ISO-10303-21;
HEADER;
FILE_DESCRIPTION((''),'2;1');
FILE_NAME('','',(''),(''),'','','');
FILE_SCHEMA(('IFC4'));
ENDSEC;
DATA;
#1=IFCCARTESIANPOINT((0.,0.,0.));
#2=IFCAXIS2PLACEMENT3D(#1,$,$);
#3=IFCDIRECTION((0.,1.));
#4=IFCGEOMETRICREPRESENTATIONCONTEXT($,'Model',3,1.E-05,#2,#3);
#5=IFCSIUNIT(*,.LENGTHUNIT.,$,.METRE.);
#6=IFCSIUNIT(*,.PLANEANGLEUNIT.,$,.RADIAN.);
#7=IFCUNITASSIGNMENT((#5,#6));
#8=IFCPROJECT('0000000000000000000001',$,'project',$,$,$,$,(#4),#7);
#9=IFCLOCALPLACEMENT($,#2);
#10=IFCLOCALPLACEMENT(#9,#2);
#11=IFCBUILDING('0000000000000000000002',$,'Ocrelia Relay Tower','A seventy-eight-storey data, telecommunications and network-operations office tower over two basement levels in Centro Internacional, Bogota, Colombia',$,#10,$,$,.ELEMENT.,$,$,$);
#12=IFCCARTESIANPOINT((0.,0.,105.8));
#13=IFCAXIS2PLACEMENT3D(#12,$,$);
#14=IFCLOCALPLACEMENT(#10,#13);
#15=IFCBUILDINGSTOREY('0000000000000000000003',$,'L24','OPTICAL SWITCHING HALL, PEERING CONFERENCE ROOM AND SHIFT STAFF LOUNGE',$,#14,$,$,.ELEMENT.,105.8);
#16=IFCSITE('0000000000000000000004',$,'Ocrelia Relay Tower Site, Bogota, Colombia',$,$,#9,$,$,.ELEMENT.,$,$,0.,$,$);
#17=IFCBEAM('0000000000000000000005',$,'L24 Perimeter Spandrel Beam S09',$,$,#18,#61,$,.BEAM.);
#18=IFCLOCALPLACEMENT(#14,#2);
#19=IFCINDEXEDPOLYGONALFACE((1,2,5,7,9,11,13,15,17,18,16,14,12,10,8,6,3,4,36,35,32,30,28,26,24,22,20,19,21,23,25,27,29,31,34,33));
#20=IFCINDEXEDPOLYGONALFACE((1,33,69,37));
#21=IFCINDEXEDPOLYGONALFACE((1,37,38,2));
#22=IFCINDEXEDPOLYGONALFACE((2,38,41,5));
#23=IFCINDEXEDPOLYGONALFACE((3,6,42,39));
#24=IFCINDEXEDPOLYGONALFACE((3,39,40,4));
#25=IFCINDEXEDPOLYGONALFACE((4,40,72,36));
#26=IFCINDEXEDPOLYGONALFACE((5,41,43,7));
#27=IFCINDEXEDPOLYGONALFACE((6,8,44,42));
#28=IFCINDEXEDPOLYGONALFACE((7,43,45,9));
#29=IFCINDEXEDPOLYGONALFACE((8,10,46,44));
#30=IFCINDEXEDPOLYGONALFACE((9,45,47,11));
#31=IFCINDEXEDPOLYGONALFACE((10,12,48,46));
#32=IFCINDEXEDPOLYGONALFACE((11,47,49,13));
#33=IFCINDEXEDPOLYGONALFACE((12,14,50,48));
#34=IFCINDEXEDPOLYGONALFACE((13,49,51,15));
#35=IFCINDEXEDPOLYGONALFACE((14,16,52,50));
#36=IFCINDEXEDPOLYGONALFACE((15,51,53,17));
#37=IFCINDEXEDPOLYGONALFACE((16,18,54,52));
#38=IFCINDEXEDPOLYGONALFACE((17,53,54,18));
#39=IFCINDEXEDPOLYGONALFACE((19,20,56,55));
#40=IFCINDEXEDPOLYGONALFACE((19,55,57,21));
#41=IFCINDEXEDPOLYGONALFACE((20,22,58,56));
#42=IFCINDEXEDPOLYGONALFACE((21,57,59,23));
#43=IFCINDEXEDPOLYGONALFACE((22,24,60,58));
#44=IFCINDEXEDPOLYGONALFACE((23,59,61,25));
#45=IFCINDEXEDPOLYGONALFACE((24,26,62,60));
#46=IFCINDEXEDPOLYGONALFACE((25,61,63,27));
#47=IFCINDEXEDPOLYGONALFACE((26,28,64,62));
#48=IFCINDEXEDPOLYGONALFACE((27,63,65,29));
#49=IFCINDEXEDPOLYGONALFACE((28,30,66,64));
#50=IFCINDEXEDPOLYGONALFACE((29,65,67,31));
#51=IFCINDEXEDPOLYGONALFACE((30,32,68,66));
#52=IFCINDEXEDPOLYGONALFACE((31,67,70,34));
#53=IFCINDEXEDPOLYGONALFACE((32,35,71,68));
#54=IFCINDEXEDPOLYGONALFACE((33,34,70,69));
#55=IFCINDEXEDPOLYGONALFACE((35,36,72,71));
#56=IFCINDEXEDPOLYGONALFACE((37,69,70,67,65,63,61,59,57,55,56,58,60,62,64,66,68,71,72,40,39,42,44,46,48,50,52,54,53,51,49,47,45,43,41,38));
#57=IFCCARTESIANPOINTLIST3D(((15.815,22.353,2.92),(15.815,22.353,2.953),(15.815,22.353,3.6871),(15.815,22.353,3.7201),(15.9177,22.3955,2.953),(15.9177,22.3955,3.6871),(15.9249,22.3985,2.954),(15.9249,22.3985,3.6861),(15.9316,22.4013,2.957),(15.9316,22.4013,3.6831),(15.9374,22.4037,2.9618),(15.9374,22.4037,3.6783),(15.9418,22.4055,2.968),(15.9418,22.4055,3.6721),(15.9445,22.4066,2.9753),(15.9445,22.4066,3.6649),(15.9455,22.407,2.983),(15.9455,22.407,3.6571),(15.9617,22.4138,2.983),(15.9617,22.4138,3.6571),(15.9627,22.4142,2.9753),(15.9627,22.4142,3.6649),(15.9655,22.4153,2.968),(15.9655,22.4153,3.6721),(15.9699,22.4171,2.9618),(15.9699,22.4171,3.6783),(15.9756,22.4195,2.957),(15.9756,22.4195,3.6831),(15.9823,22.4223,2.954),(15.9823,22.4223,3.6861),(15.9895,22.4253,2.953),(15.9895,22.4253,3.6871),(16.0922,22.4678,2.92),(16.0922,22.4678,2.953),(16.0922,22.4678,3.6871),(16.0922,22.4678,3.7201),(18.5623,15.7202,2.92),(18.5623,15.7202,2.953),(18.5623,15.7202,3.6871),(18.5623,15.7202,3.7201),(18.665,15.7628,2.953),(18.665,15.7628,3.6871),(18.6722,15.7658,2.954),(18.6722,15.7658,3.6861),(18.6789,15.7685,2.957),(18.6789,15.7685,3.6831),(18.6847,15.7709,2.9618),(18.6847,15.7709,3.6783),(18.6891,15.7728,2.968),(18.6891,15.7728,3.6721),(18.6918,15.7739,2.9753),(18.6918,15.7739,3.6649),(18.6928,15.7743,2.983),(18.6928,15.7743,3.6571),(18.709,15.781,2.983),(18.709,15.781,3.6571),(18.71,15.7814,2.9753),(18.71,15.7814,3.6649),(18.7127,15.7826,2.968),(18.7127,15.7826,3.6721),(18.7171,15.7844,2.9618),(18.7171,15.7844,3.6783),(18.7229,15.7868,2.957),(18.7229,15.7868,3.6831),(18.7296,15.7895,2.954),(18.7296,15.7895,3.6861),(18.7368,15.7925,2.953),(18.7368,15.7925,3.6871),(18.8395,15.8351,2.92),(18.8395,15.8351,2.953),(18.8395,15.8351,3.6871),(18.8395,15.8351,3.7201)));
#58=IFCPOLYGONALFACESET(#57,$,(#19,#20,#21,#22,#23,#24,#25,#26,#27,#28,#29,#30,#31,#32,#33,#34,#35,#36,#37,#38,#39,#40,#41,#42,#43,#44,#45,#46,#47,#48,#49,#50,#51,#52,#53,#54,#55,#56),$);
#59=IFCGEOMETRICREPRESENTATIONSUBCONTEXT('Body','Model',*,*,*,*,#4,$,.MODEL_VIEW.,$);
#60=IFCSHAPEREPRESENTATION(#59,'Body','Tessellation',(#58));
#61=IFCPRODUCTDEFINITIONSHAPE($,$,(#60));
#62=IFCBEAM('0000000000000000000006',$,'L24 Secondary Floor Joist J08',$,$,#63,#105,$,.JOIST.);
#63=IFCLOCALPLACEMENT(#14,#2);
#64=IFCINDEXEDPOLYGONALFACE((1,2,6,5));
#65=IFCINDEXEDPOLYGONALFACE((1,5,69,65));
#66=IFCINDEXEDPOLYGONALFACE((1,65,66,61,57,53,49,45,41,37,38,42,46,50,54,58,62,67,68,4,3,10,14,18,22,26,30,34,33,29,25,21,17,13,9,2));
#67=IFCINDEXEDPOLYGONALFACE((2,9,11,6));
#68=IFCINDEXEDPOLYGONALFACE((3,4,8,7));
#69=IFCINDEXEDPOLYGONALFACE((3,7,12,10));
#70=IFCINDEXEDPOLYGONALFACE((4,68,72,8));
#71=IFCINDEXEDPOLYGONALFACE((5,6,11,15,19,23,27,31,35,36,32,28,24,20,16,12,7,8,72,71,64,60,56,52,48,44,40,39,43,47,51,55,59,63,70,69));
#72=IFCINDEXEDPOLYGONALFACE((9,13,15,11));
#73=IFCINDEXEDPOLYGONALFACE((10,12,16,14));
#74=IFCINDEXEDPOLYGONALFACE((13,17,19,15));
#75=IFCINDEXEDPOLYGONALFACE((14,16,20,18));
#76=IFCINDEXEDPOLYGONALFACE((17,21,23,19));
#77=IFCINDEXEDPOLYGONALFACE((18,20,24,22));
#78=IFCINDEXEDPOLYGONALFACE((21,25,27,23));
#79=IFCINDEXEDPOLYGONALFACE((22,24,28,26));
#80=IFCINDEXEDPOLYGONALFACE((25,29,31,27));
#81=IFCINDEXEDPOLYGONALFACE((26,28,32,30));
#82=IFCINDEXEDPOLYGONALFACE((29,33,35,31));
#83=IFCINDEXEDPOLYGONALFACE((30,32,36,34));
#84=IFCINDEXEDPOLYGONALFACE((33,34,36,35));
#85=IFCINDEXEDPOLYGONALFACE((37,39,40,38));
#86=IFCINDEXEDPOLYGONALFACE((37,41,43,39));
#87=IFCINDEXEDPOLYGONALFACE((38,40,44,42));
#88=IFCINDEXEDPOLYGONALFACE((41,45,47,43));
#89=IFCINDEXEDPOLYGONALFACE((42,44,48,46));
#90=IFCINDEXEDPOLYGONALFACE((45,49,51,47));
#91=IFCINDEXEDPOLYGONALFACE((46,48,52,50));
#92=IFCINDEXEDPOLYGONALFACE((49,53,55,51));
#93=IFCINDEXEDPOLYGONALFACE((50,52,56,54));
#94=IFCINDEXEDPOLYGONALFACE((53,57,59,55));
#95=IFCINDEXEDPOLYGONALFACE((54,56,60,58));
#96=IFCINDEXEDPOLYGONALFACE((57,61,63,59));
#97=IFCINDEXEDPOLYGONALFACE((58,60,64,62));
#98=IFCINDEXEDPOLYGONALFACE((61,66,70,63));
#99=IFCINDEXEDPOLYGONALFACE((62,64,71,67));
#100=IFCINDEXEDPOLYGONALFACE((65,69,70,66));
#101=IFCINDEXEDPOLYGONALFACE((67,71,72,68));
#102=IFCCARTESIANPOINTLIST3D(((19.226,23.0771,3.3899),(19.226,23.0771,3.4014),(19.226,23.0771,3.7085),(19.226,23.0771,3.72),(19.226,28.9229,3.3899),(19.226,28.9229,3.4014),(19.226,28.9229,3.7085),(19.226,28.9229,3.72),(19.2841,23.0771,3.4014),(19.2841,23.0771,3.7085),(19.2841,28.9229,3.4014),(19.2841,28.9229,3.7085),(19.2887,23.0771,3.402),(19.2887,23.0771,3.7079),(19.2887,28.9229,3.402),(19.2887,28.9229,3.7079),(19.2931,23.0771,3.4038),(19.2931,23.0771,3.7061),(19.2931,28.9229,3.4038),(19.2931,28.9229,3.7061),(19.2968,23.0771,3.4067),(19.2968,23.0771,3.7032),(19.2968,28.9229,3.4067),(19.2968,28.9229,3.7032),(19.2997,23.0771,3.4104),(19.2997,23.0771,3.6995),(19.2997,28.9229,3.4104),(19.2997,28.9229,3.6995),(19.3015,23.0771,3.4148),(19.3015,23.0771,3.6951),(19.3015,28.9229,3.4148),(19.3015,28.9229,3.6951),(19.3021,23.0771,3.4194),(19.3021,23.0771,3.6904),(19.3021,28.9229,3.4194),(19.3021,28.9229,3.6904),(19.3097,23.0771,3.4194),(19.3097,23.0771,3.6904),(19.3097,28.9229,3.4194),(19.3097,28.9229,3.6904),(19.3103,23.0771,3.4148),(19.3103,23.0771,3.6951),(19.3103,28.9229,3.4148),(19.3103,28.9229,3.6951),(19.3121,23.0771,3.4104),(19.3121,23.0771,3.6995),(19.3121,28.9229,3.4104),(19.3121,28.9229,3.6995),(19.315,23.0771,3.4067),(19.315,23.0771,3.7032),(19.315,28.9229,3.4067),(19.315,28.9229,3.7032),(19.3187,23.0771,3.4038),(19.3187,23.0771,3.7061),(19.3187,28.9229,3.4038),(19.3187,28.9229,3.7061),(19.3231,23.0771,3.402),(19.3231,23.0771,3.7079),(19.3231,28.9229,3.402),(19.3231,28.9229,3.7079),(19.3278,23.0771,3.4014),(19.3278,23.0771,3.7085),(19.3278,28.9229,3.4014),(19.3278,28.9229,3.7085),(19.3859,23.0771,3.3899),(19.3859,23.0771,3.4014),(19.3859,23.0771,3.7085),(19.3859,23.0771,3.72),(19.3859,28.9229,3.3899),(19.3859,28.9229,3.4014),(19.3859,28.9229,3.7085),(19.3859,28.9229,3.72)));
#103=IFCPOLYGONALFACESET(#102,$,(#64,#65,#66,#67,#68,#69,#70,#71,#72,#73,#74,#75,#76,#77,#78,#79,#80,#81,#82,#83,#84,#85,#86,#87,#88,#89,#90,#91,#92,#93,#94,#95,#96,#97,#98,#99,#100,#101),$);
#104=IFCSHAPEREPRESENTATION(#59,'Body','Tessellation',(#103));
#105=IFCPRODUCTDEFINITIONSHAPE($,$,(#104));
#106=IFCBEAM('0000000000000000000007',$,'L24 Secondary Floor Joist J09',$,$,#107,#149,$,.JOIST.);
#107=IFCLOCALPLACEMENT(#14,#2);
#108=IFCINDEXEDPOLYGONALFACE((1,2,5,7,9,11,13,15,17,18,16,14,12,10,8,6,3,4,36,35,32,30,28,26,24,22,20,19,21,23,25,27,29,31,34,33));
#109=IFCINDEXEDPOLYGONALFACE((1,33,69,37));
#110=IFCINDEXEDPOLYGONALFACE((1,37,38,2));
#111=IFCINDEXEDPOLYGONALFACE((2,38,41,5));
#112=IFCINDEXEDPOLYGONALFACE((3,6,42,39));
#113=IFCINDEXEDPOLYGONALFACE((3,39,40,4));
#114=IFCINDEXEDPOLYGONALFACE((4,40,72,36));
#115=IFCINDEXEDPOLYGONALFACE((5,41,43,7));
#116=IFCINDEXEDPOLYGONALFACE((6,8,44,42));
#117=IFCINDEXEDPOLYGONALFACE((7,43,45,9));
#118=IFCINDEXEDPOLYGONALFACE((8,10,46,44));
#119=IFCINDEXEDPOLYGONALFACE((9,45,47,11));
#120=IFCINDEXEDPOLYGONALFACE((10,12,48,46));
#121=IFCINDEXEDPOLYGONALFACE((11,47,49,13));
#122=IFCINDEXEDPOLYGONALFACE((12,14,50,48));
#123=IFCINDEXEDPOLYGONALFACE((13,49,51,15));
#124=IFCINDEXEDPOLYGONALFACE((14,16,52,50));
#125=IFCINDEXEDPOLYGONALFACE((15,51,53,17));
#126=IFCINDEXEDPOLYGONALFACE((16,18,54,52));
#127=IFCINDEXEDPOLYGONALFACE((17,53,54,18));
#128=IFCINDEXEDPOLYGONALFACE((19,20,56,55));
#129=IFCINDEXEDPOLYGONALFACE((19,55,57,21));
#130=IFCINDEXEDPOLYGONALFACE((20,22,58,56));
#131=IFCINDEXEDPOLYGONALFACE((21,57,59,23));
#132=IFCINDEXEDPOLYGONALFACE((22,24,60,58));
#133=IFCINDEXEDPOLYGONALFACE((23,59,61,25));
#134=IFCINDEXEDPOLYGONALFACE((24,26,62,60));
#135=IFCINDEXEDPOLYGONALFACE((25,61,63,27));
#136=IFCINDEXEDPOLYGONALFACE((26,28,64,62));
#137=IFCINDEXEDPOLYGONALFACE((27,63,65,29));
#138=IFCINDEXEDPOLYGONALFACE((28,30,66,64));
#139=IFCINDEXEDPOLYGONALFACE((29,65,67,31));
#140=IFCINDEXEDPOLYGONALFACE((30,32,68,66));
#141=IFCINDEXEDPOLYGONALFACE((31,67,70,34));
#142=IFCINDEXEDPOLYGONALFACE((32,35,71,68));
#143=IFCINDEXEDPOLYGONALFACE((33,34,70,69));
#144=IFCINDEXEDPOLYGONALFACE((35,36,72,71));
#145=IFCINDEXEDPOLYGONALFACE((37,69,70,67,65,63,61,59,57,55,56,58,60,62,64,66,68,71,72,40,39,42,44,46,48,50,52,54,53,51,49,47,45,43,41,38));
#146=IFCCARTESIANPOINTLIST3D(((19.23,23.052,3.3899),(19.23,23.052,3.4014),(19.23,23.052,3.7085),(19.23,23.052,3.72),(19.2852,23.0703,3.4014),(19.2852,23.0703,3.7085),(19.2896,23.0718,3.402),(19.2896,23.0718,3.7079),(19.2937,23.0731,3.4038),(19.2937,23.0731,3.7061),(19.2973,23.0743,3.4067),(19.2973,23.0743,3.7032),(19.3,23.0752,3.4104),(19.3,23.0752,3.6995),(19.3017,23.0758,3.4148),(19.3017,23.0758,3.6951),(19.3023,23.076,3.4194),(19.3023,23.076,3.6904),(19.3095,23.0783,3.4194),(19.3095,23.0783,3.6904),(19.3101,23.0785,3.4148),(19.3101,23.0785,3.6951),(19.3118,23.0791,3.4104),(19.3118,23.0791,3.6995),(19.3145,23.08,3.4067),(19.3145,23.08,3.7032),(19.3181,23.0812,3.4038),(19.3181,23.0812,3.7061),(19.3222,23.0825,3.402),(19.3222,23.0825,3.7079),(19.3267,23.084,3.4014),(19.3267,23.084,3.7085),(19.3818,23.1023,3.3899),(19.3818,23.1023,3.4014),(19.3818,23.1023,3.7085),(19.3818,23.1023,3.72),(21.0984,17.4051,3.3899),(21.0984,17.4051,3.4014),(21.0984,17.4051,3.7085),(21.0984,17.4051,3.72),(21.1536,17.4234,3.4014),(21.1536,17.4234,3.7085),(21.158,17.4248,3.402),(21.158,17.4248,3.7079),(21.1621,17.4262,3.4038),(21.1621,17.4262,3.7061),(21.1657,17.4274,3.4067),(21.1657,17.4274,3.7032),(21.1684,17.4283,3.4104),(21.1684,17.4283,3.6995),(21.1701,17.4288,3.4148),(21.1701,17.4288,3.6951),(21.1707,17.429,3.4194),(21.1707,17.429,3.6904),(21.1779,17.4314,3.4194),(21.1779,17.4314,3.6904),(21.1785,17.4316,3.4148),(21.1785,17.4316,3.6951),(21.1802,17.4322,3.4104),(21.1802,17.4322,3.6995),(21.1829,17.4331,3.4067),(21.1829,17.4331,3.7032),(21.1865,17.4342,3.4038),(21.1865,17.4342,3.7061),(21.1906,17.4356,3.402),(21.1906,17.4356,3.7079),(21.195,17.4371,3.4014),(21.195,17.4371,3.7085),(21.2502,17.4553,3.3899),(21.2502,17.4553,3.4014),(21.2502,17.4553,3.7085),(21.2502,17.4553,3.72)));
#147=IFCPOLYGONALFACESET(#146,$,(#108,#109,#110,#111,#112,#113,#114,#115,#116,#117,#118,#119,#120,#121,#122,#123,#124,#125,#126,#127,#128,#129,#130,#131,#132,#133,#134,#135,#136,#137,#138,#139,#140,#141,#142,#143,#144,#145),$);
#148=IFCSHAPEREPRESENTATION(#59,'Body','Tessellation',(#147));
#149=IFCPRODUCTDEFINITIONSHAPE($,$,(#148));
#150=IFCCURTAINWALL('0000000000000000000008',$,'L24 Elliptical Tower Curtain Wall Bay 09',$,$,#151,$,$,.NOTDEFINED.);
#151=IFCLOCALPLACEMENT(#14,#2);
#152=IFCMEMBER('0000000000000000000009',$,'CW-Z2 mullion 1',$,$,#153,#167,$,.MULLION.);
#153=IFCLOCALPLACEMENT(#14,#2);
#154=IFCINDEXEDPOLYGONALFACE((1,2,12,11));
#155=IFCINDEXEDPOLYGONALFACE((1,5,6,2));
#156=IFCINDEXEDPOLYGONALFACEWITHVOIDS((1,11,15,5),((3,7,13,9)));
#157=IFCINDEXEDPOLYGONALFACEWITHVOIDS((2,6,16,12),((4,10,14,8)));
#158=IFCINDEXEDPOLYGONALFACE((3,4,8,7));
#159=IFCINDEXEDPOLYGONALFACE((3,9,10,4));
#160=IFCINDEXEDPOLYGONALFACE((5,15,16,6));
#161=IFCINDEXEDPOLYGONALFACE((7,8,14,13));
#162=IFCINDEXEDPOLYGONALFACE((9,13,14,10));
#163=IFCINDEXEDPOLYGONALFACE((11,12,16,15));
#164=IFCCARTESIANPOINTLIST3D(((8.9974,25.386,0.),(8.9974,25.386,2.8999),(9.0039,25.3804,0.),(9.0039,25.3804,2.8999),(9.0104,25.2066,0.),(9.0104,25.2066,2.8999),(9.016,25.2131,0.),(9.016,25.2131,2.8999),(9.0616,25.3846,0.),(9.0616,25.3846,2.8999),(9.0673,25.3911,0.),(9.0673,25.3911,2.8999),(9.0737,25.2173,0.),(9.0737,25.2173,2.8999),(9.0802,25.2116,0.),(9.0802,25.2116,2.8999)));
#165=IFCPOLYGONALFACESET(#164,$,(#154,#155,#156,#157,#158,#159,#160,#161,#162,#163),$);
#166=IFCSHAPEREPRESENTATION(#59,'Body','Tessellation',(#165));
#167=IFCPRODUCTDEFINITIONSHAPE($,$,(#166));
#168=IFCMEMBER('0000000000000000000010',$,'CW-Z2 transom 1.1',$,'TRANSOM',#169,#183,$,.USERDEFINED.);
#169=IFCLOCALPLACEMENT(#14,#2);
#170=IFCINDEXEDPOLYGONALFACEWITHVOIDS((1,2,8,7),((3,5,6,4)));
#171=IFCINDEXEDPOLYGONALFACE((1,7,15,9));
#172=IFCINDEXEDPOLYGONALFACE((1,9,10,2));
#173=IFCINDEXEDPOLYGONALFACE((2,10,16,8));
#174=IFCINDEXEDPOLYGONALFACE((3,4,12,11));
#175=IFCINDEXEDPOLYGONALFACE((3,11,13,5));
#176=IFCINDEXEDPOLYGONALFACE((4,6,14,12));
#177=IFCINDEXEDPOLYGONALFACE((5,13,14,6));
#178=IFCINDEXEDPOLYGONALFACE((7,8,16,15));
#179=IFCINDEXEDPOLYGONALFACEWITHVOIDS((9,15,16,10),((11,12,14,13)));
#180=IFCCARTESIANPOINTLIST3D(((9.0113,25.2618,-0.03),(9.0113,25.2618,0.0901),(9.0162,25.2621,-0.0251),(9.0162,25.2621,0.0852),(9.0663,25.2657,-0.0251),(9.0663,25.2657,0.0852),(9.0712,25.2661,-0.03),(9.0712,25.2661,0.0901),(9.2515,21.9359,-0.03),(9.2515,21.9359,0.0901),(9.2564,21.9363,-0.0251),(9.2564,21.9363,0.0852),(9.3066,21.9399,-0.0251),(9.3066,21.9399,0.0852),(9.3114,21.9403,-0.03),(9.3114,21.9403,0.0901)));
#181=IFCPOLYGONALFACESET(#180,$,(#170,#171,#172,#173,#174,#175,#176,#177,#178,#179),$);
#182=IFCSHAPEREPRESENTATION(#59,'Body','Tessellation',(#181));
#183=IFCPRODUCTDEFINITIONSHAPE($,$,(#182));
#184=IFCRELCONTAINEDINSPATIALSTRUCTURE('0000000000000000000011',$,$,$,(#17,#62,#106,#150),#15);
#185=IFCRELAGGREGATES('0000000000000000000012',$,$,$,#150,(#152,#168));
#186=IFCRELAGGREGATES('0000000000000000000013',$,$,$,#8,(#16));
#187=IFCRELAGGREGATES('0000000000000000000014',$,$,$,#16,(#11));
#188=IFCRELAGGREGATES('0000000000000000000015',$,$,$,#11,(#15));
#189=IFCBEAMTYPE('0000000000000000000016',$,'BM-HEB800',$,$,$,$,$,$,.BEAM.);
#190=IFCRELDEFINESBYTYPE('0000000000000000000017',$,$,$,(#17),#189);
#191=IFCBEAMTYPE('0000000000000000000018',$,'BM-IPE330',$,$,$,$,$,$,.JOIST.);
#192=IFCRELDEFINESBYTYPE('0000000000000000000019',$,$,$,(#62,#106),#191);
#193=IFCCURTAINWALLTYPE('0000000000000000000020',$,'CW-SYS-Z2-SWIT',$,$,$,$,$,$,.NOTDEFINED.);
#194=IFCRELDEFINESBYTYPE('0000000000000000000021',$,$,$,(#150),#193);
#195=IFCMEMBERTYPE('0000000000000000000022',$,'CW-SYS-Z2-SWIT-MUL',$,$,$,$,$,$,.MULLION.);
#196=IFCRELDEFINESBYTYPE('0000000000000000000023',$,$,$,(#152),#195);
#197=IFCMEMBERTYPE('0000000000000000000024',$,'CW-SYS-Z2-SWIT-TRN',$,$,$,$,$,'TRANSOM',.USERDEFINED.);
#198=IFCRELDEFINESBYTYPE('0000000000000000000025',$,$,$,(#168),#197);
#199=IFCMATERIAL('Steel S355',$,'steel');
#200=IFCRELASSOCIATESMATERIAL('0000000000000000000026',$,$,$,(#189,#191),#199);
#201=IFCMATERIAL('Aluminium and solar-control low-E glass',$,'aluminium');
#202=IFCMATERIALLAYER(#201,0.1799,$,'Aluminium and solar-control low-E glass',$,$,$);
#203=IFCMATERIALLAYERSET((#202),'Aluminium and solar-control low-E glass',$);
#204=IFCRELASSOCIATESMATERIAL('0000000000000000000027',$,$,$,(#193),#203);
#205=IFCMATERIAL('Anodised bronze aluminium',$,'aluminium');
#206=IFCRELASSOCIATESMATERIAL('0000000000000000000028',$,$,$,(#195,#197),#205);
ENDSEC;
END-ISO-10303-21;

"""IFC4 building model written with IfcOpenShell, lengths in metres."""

from ifc_helpers import new_model, si_unit, direction, frame, origin, origin_2d, place, context, subcontext, project, spatial, hollow_rectangle, i_section, extrude, material, layer, layer_set, material_profile, profile_set, type_object, element, aggregate, save


model = new_model("IFC4")

# Units and contexts
model_context = context("Model", 3, precision=1e-05, world=origin(), true_north=direction((0.0, 1.0)))
body_context = subcontext(model_context, "Body", "Model", "MODEL_VIEW")
ifc_project = project(units=[si_unit("LENGTHUNIT", "METRE"), si_unit("PLANEANGLEUNIT", "RADIAN")], contexts=[model_context])

# Site, building, storey
site_placement = place(None, origin())
site = spatial("IfcSite", under=ifc_project, at=site_placement, Name="Ocrelia Relay Tower Site, Bogota, Colombia", CompositionType="ELEMENT", RefElevation=0.0)
building_placement = place(site_placement, origin())
building = spatial("IfcBuilding", under=site, at=building_placement, Name="Ocrelia Relay Tower", Description="A seventy-eight-storey data, telecommunications and network-operations office tower over two basement levels in Centro Internacional, Bogota, Colombia", CompositionType="ELEMENT")
storey_placement = place(building_placement, frame((0.0, 0.0, 105.8)))
storey = spatial("IfcBuildingStorey", under=building, at=storey_placement, Name="L24", Description="OPTICAL SWITCHING HALL, PEERING CONFERENCE ROOM AND SHIFT STAFF LOUNGE", CompositionType="ELEMENT", Elevation=105.8)

# Beams
ifc_material_1 = material(Name="Steel S355", Category="steel")
ifc_material_profile_1 = material_profile(ifc_material_1, i_section(OverallWidth=0.3, OverallDepth=0.8, WebThickness=0.0176, FlangeThickness=0.033, FilletRadius=0.03, at=origin_2d()), Name="HEB 800")
ifc_profile_set_1 = profile_set([ifc_material_profile_1], Name="Steel S355")
beam_type_1 = type_object("IfcBeamType", Name="BM-HEB800", PredefinedType="BEAM", material=ifc_profile_set_1)
for number, where, z_axis, x_axis, name in (
    (1, (15.9536, 22.4104, 3.3201), (0.382673, -0.923884, 0.0), (0.923884, 0.382673, 0.0), "L24 Perimeter Spandrel Beam S09"),
):
    element("IfcBeam", number, at=place(storey_placement, frame(where, z_axis=z_axis, x_axis=x_axis)), inside=storey, type_object=beam_type_1, Name=name, PredefinedType="BEAM", context=body_context, shape_type="SweptSolid", body=[
        extrude(i_section(OverallWidth=0.3, OverallDepth=0.8, WebThickness=0.0176, FlangeThickness=0.033, FilletRadius=0.03, at=origin_2d()), origin(), (0.0, 0.0, 1.0), 7.1792),
    ])
ifc_material_profile_2 = material_profile(ifc_material_1, i_section(OverallWidth=0.1599, OverallDepth=0.3301, WebThickness=0.0076, FlangeThickness=0.0115, FilletRadius=0.0181, at=origin_2d()), Name="IPE 330")
ifc_profile_set_2 = profile_set([ifc_material_profile_2], Name="Steel S355")
beam_type_2 = type_object("IfcBeamType", Name="BM-IPE330", PredefinedType="JOIST", material=ifc_profile_set_2)
beam_1_placement = place(storey_placement, frame((19.3059, 28.9229, 3.5549), z_axis=(0.0, -1.0, 0.0), x_axis=(1.0, 0.0, 0.0)))
element("IfcBeam", 2, at=beam_1_placement, inside=storey, type_object=beam_type_2, Name="L24 Secondary Floor Joist J08", PredefinedType="JOIST", context=body_context, shape_type="SweptSolid", body=[
    extrude(i_section(OverallWidth=0.1599, OverallDepth=0.3301, WebThickness=0.0076, FlangeThickness=0.0115, FilletRadius=0.0181, at=origin_2d()), origin(), (0.0, 0.0, 1.0), 5.8457),
])
beam_2_placement = place(storey_placement, frame((19.3059, 23.0771, 3.5549), z_axis=(0.314121, -0.949383, 0.0), x_axis=(0.949383, 0.314121, 0.0)))
element("IfcBeam", 3, at=beam_2_placement, inside=storey, type_object=beam_type_2, Name="L24 Secondary Floor Joist J09", PredefinedType="JOIST", context=body_context, shape_type="SweptSolid", body=[
    extrude(i_section(OverallWidth=0.1599, OverallDepth=0.3301, WebThickness=0.0076, FlangeThickness=0.0115, FilletRadius=0.0181, at=origin_2d()), origin(), (0.0, 0.0, 1.0), 5.948),
])

# Curtain wall, members
ifc_material_2 = material(Name="Aluminium and solar-control low-E glass", Category="aluminium")
ifc_layer_1 = layer(ifc_material_2, 0.1799, Name="Aluminium and solar-control low-E glass")
ifc_layer_set_1 = layer_set([ifc_layer_1], Name="Aluminium and solar-control low-E glass")
curtain_wall_type = type_object("IfcCurtainWallType", Name="CW-SYS-Z2-SWIT", PredefinedType="NOTDEFINED", material=ifc_layer_set_1)
curtain_wall_placement = place(storey_placement, origin())
curtain_wall = element("IfcCurtainWall", 4, at=curtain_wall_placement, inside=storey, type_object=curtain_wall_type, Name="L24 Elliptical Tower Curtain Wall Bay 09", PredefinedType="NOTDEFINED")
ifc_material_3 = material(Name="Anodised bronze aluminium", Category="aluminium")
ifc_material_profile_3 = material_profile(ifc_material_3, hollow_rectangle(XDim=0.0701, YDim=0.1799, WallThickness=0.0061, at=origin_2d()), Name="CW-MUL-180x70")
ifc_profile_set_3 = profile_set([ifc_material_profile_3], Name="Anodised bronze aluminium")
member_type_1 = type_object("IfcMemberType", Name="CW-SYS-Z2-SWIT-MUL", PredefinedType="MULLION", material=ifc_profile_set_3)
member_1_placement = place(storey_placement, frame((9.0388, 25.2988, 0.0), z_axis=(0.0, 0.0, 1.0), x_axis=(0.997402, 0.07203, 0.0)))
member_1 = element("IfcMember", 5, at=member_1_placement, type_object=member_type_1, Name="CW-Z2 mullion 1", PredefinedType="MULLION", context=body_context, shape_type="SweptSolid", body=[
    extrude(hollow_rectangle(XDim=0.0701, YDim=0.1799, WallThickness=0.0061, at=origin_2d()), origin(), (0.0, 0.0, 1.0), 2.8999),
])
ifc_material_profile_4 = material_profile(ifc_material_3, hollow_rectangle(XDim=0.0601, YDim=0.1201, WallThickness=0.0049, at=origin_2d()), Name="CW-TRN-120x60")
ifc_profile_set_4 = profile_set([ifc_material_profile_4], Name="Anodised bronze aluminium")
member_type_2 = type_object("IfcMemberType", Name="CW-SYS-Z2-SWIT-TRN", ElementType="TRANSOM", PredefinedType="USERDEFINED", material=ifc_profile_set_4)
member_2_placement = place(storey_placement, frame((9.0413, 25.2639, 0.03), z_axis=(0.072043, -0.997402, 0.0), x_axis=(0.997402, 0.072043, 0.0)))
member_2 = element("IfcMember", 6, at=member_2_placement, type_object=member_type_2, Name="CW-Z2 transom 1.1", ObjectType="TRANSOM", PredefinedType="USERDEFINED", context=body_context, shape_type="SweptSolid", body=[
    extrude(hollow_rectangle(XDim=0.0601, YDim=0.1201, WallThickness=0.0049, at=origin_2d()), origin(), (0.0, 0.0, 1.0), 3.3345),
])
aggregate(curtain_wall, [member_1, member_2])

save(model, "model.ifc")
